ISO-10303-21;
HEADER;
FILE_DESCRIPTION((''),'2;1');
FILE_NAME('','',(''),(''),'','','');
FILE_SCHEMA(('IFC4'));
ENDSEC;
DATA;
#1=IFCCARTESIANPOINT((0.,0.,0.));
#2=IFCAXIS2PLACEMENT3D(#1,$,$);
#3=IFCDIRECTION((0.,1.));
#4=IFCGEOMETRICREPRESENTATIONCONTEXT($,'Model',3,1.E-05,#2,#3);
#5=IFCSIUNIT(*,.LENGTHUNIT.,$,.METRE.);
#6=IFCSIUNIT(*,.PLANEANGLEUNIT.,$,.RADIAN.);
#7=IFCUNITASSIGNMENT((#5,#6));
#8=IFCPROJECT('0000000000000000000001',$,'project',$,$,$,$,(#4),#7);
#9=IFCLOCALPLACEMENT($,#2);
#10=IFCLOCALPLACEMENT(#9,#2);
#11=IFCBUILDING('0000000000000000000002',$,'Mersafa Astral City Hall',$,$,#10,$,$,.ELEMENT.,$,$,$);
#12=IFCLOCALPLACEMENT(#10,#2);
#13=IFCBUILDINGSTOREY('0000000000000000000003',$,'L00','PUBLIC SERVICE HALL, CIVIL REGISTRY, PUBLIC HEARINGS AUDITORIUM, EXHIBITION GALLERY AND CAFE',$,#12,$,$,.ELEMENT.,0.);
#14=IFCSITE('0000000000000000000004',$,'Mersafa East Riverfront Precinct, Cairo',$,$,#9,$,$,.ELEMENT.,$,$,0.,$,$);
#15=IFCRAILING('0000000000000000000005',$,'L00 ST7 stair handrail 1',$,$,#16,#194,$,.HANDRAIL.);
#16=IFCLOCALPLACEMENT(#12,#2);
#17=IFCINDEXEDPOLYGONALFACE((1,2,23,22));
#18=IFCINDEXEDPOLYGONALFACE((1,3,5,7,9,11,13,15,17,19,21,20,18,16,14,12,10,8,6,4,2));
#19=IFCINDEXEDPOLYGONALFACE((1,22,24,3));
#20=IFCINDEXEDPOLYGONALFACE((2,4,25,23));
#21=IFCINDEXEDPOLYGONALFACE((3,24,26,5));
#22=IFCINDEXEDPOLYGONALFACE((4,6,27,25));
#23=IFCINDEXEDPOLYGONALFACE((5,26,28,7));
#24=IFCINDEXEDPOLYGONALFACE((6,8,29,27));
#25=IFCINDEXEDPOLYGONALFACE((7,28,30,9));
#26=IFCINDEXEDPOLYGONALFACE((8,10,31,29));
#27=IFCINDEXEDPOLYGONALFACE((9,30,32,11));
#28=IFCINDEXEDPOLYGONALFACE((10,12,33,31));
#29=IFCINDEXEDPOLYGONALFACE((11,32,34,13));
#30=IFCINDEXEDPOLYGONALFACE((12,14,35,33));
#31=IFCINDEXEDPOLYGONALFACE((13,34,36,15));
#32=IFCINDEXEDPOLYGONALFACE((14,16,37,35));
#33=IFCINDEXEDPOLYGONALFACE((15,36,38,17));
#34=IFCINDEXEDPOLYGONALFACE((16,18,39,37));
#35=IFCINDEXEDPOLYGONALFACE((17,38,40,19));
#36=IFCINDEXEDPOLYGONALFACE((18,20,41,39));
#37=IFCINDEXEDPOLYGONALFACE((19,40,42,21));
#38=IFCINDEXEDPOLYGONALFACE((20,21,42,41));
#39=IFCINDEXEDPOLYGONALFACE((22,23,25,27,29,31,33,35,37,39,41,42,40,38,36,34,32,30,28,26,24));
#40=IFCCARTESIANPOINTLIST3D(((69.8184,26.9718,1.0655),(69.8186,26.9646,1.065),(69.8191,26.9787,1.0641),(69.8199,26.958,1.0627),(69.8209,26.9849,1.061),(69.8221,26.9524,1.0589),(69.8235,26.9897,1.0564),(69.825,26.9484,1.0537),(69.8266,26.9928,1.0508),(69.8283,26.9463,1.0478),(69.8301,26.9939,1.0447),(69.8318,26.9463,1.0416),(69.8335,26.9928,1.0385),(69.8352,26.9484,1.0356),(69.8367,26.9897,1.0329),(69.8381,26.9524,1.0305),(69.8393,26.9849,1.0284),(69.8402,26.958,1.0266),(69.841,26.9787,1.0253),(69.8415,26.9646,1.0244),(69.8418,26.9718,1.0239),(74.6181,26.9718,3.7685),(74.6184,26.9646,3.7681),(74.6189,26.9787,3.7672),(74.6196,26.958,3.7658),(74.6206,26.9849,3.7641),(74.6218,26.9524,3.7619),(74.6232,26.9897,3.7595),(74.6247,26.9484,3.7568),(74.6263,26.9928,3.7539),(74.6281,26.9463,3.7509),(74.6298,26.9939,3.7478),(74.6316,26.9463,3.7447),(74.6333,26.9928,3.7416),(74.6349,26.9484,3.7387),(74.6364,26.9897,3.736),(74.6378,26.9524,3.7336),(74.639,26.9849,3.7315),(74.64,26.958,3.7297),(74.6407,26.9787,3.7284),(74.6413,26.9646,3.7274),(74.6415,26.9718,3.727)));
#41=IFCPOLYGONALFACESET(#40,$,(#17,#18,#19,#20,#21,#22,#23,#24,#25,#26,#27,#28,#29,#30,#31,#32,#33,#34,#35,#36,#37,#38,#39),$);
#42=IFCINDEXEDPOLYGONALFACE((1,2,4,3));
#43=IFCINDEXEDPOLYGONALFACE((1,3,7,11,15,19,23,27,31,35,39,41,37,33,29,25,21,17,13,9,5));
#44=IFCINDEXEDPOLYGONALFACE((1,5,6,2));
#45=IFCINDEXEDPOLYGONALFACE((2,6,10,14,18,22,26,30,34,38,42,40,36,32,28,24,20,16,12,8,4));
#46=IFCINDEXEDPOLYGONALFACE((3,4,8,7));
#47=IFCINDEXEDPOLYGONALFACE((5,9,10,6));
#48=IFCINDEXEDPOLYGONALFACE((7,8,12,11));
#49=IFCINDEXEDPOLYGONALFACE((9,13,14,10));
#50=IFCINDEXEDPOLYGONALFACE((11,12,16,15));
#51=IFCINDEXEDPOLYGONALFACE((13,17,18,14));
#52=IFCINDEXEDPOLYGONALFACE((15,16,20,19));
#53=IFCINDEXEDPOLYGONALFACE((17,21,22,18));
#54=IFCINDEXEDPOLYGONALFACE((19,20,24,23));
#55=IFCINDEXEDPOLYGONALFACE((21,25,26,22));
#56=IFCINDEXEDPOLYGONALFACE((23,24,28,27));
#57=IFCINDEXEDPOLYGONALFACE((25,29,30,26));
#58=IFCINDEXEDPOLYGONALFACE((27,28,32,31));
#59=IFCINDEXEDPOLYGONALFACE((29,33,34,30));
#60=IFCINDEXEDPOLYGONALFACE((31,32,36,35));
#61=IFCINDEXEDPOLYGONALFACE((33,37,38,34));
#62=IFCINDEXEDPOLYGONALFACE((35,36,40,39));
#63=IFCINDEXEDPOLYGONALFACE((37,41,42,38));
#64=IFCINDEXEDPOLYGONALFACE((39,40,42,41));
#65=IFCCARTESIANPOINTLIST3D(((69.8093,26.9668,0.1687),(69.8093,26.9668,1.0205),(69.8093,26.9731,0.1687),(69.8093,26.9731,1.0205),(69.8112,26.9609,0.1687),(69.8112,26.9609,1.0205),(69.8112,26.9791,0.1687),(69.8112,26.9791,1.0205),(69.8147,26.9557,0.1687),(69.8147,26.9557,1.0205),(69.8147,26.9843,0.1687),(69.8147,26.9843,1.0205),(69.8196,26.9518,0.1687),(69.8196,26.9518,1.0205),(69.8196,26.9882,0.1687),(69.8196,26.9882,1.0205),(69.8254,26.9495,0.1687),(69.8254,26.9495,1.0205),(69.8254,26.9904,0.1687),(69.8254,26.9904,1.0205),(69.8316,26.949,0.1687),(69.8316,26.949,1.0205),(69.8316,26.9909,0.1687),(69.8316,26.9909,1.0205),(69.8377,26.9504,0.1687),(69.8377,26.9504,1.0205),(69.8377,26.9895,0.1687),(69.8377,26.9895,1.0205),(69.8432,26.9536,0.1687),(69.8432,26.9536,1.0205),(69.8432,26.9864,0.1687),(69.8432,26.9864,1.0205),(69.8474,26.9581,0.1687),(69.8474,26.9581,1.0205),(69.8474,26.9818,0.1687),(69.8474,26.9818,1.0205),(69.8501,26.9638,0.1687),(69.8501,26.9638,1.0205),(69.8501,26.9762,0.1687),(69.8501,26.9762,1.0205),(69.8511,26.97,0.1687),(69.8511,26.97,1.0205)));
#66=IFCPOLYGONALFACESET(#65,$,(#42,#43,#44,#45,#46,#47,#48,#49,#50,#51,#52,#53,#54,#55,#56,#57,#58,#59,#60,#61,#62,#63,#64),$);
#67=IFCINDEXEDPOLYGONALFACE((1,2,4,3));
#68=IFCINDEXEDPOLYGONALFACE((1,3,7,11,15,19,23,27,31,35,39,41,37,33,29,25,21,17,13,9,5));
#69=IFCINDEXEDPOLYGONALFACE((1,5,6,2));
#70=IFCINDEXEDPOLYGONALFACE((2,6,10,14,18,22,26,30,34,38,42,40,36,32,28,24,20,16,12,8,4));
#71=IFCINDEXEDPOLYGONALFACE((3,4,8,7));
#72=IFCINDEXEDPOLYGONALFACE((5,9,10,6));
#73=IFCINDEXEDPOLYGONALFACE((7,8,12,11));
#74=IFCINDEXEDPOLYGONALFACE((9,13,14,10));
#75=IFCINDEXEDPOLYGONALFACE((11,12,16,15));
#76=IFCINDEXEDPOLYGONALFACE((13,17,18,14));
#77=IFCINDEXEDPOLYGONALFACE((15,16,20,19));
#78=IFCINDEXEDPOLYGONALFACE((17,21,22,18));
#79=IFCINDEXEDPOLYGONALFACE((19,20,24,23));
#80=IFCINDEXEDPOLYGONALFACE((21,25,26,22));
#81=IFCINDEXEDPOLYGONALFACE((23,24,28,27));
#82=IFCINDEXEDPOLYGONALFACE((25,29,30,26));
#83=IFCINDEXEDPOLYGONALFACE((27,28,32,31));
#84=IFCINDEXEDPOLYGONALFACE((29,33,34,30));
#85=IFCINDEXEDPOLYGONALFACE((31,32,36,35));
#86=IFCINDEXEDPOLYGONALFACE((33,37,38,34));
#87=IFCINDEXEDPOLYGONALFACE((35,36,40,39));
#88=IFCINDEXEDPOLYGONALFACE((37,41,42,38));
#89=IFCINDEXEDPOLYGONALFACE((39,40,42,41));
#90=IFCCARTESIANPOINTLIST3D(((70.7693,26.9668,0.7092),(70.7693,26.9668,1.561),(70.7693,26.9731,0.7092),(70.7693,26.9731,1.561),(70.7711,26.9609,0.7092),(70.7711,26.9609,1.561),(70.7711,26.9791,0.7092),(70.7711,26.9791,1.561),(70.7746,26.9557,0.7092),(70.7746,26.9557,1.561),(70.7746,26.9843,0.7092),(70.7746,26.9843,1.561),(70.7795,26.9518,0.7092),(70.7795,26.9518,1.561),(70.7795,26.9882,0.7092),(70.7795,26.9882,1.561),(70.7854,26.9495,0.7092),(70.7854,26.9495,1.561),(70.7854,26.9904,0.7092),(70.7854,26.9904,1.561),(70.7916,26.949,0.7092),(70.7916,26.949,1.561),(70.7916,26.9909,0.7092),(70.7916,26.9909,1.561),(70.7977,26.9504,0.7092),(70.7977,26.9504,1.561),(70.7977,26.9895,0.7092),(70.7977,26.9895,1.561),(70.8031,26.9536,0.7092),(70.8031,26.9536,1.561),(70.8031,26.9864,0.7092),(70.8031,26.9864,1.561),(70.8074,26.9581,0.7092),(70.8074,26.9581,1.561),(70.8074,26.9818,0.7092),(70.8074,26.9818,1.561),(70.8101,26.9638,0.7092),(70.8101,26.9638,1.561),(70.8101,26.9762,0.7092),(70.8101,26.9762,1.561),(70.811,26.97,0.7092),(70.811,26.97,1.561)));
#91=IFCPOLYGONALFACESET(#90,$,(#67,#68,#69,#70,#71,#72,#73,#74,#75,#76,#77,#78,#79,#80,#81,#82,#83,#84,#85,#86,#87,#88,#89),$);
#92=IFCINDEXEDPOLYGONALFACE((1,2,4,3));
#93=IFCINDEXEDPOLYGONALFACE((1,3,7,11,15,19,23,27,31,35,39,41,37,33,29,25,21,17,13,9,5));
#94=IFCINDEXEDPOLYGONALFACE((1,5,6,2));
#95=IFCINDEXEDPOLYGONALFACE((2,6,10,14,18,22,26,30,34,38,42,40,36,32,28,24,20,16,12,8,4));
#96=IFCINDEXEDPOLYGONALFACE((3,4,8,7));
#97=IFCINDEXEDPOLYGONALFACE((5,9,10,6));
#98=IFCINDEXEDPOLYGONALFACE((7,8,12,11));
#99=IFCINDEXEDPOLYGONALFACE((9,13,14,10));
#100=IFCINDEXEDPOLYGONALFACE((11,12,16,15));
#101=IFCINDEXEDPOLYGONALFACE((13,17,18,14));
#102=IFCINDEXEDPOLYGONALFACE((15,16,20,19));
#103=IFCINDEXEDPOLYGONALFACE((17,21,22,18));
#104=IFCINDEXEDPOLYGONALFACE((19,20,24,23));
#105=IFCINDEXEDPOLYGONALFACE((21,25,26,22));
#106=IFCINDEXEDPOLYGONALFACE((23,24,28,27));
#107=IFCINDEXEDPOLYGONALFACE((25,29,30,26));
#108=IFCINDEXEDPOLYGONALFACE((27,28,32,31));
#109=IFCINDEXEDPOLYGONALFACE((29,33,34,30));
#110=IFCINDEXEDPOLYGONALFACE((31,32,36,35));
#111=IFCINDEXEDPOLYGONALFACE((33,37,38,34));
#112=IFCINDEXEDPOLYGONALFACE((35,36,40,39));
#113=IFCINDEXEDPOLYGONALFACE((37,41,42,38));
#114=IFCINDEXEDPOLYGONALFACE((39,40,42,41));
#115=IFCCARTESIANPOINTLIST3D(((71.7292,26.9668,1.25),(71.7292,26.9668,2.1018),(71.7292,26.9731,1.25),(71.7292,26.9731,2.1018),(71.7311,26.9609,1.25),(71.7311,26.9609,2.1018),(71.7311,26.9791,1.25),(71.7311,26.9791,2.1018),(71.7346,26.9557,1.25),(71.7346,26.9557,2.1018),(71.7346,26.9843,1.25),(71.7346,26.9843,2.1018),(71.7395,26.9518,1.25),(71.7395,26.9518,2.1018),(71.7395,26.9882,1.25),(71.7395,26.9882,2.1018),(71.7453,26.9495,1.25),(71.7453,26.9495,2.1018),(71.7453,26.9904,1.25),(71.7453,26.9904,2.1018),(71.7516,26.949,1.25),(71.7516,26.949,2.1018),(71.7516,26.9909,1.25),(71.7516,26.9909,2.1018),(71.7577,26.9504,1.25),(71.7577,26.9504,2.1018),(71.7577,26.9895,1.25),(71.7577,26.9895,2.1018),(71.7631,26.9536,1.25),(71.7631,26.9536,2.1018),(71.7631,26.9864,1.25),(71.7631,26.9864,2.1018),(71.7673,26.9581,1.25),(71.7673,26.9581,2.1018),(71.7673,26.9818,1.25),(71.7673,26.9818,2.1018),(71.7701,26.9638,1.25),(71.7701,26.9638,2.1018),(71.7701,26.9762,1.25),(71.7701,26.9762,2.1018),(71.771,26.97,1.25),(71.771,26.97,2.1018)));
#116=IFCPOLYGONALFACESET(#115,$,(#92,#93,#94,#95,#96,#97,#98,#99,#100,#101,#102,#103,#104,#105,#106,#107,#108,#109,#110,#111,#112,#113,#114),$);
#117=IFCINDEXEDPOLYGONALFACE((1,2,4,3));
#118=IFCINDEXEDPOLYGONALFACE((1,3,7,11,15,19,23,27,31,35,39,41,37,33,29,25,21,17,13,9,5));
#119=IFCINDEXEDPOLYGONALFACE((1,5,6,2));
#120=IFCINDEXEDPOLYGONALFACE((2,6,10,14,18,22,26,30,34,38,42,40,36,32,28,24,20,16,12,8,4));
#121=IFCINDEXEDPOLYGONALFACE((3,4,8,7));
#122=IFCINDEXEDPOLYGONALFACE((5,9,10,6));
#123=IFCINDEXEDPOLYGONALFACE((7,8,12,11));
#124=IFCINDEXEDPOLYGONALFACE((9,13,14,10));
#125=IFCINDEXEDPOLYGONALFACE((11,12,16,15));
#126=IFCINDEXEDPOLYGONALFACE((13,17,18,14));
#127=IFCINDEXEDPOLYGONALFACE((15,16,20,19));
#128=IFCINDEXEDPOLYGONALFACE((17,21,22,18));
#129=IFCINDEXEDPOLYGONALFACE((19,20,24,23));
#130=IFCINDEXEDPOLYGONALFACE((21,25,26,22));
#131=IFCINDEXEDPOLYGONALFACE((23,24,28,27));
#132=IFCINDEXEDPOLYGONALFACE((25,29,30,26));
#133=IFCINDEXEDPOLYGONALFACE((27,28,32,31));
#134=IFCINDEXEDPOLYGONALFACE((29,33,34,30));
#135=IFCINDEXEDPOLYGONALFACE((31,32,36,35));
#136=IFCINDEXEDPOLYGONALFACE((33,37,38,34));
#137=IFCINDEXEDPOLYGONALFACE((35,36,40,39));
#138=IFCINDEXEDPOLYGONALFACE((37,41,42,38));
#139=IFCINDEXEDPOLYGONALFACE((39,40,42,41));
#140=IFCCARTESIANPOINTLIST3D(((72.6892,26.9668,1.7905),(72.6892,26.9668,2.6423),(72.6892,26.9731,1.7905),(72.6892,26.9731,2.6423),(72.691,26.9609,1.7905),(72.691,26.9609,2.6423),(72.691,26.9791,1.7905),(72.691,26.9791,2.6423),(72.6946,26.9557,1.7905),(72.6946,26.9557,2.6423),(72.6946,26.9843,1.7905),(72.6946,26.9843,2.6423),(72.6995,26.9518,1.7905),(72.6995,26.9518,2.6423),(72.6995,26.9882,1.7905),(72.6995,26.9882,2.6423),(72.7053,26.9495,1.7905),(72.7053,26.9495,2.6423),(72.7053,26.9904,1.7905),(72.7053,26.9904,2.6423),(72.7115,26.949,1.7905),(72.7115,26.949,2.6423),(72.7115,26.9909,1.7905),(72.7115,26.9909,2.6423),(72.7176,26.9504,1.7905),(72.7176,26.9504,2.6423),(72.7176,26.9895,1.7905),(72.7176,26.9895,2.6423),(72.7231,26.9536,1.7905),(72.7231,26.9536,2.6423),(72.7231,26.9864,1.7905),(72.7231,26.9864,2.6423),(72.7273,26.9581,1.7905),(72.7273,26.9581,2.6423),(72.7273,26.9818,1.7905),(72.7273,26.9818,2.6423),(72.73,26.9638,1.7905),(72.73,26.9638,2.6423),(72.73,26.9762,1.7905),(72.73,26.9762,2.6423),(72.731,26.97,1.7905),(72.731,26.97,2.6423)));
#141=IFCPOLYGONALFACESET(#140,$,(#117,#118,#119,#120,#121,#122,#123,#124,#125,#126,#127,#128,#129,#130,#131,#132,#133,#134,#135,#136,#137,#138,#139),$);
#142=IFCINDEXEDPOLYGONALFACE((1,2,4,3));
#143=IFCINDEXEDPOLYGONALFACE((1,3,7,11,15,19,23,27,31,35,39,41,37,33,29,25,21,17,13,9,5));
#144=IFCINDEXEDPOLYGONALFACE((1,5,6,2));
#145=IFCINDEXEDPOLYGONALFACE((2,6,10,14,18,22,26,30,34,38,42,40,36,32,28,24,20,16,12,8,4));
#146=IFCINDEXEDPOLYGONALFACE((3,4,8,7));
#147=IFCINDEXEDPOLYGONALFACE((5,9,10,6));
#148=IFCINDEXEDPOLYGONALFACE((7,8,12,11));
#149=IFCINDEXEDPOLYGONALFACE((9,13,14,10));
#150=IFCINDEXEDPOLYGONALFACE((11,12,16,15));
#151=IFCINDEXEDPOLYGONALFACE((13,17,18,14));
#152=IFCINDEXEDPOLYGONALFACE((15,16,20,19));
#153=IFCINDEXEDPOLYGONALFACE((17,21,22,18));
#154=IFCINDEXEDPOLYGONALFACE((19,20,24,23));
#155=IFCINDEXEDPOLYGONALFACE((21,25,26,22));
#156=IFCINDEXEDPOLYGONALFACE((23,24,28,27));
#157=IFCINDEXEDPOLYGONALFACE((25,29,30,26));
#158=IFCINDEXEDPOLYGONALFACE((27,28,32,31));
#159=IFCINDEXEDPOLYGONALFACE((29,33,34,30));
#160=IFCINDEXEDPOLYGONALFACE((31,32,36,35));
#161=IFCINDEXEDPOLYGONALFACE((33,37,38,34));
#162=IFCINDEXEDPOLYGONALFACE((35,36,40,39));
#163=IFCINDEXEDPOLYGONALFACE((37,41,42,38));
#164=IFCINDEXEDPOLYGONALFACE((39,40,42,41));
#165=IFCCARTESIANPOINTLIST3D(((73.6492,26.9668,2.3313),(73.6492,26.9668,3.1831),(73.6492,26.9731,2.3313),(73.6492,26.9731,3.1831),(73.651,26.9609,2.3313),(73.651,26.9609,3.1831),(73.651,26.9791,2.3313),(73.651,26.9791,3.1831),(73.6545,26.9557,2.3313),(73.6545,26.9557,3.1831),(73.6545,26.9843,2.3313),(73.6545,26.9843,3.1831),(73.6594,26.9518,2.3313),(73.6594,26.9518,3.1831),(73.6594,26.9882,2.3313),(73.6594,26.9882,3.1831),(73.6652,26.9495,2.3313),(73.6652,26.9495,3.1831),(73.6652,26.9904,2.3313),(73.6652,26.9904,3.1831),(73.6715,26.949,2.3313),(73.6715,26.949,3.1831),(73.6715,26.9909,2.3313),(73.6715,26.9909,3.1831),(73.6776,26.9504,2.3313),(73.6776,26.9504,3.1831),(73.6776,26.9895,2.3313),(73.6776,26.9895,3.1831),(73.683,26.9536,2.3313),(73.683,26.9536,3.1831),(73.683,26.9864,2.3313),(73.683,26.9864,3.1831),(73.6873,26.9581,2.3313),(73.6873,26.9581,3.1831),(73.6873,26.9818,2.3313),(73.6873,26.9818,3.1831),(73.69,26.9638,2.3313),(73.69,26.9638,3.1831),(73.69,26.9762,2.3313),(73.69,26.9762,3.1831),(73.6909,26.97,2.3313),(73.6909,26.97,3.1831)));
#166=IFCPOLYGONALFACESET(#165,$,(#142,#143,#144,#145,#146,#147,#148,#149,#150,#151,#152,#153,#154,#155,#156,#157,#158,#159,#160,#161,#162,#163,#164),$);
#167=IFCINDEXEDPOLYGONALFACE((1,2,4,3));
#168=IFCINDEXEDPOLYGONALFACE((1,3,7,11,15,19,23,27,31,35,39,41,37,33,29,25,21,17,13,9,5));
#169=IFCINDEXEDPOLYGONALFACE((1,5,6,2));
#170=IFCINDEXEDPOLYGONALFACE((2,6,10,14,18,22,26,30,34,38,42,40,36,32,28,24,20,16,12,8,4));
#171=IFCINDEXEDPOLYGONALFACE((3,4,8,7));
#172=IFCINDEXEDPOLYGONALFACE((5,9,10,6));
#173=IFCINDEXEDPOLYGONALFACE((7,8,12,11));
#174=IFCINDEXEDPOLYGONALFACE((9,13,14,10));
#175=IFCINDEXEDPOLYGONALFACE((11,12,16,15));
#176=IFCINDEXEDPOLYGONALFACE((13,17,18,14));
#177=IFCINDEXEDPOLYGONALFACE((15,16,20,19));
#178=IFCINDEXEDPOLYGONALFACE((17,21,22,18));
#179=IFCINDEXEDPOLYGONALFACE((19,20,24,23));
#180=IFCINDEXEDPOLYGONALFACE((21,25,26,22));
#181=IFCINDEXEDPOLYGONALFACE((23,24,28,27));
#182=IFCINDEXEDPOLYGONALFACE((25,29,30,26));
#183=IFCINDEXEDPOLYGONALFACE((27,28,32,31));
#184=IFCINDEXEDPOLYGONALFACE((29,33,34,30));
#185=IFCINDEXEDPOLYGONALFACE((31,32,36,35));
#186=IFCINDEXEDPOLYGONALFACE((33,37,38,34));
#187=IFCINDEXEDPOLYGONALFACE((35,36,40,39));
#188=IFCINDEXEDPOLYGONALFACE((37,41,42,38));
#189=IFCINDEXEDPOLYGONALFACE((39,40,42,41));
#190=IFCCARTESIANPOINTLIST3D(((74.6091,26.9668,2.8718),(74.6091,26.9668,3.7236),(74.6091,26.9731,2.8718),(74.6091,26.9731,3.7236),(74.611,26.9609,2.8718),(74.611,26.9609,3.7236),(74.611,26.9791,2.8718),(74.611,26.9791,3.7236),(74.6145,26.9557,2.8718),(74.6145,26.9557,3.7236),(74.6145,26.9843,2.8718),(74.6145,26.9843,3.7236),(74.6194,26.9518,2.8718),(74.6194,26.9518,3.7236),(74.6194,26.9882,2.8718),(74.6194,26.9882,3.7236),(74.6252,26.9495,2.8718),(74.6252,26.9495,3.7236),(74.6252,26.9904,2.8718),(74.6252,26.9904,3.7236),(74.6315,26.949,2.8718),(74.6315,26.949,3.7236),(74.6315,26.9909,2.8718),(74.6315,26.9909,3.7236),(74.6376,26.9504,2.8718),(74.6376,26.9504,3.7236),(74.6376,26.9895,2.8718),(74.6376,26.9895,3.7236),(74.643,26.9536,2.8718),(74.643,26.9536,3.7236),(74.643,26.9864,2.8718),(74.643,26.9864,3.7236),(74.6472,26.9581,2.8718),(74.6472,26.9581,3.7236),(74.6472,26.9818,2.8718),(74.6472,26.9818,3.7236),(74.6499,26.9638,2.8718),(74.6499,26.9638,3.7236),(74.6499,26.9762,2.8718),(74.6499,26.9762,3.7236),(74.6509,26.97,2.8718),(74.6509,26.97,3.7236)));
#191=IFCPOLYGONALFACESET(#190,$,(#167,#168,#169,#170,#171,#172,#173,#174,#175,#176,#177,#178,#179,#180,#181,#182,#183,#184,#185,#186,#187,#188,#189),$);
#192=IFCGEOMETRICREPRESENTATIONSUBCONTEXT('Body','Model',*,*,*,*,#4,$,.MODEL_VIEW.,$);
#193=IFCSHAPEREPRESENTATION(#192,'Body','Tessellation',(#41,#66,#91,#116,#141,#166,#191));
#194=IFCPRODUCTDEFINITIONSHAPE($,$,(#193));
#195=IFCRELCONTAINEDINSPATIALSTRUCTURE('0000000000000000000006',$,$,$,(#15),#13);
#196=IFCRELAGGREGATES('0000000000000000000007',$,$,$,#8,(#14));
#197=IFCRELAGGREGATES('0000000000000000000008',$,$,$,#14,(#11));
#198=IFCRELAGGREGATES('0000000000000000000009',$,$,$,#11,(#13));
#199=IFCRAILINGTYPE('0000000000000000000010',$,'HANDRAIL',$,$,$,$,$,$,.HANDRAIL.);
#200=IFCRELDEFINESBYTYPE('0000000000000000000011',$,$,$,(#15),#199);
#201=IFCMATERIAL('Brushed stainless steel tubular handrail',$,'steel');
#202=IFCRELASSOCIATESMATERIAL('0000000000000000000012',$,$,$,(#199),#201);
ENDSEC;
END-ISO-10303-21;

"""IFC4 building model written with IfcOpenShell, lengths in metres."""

from ifc_helpers import new_model, si_unit, direction, frame, origin, origin_2d, place, context, subcontext, project, spatial, circle, extrude, material, type_object, element, save


model = new_model("IFC4")

# Units and contexts
model_context = context("Model", 3, precision=1e-05, world=origin(), true_north=direction((0.0, 1.0)))
body_context = subcontext(model_context, "Body", "Model", "MODEL_VIEW")
ifc_project = project(units=[si_unit("LENGTHUNIT", "METRE"), si_unit("PLANEANGLEUNIT", "RADIAN")], contexts=[model_context])

# Site, building, storey
site_placement = place(None, origin())
site = spatial("IfcSite", under=ifc_project, at=site_placement, Name="Mersafa East Riverfront Precinct, Cairo", CompositionType="ELEMENT", RefElevation=0.0)
building_placement = place(site_placement, origin())
building = spatial("IfcBuilding", under=site, at=building_placement, Name="Mersafa Astral City Hall", CompositionType="ELEMENT")
storey_placement = place(building_placement, origin())
storey = spatial("IfcBuildingStorey", under=building, at=storey_placement, Name="L00", Description="PUBLIC SERVICE HALL, CIVIL REGISTRY, PUBLIC HEARINGS AUDITORIUM, EXHIBITION GALLERY AND CAFE", CompositionType="ELEMENT", Elevation=0.0)

# Railing
ifc_material_1 = material(Name="Brushed stainless steel tubular handrail", Category="steel")
railing_type_1 = type_object("IfcRailingType", Name="HANDRAIL", PredefinedType="HANDRAIL", material=ifc_material_1)
railing_1_placement = place(storey_placement, frame((69.8301, 26.97, 0.1687)))
element("IfcRailing", 1, at=railing_1_placement, inside=storey, type_object=railing_type_1, Name="L00 ST7 stair handrail 1", PredefinedType="HANDRAIL", context=body_context, shape_type="SweptSolid", body=[
    extrude(circle(Radius=0.0239, at=origin_2d()), frame((0.0, 0.0, 0.876), z_axis=(0.871324, 0.0, 0.490707), x_axis=(0.0, 1.0, 0.0)), (0.0, 0.0, 1.0), 5.5085),
    extrude(circle(Radius=0.021, at=origin_2d()), origin(), (0.0, 0.0, 1.0), 0.8518),
    extrude(circle(Radius=0.021, at=origin_2d()), frame((0.96, 0.0, 0.5405)), (0.0, 0.0, 1.0), 0.8518),
    extrude(circle(Radius=0.021, at=origin_2d()), frame((1.9199, 0.0, 1.0813)), (0.0, 0.0, 1.0), 0.8518),
    extrude(circle(Radius=0.021, at=origin_2d()), frame((2.8799, 0.0, 1.6218)), (0.0, 0.0, 1.0), 0.8518),
    extrude(circle(Radius=0.021, at=origin_2d()), frame((3.8398, 0.0, 2.1626)), (0.0, 0.0, 1.0), 0.8518),
    extrude(circle(Radius=0.021, at=origin_2d()), frame((4.7998, 0.0, 2.7031)), (0.0, 0.0, 1.0), 0.8518),
])

save(model, "model.ifc")
